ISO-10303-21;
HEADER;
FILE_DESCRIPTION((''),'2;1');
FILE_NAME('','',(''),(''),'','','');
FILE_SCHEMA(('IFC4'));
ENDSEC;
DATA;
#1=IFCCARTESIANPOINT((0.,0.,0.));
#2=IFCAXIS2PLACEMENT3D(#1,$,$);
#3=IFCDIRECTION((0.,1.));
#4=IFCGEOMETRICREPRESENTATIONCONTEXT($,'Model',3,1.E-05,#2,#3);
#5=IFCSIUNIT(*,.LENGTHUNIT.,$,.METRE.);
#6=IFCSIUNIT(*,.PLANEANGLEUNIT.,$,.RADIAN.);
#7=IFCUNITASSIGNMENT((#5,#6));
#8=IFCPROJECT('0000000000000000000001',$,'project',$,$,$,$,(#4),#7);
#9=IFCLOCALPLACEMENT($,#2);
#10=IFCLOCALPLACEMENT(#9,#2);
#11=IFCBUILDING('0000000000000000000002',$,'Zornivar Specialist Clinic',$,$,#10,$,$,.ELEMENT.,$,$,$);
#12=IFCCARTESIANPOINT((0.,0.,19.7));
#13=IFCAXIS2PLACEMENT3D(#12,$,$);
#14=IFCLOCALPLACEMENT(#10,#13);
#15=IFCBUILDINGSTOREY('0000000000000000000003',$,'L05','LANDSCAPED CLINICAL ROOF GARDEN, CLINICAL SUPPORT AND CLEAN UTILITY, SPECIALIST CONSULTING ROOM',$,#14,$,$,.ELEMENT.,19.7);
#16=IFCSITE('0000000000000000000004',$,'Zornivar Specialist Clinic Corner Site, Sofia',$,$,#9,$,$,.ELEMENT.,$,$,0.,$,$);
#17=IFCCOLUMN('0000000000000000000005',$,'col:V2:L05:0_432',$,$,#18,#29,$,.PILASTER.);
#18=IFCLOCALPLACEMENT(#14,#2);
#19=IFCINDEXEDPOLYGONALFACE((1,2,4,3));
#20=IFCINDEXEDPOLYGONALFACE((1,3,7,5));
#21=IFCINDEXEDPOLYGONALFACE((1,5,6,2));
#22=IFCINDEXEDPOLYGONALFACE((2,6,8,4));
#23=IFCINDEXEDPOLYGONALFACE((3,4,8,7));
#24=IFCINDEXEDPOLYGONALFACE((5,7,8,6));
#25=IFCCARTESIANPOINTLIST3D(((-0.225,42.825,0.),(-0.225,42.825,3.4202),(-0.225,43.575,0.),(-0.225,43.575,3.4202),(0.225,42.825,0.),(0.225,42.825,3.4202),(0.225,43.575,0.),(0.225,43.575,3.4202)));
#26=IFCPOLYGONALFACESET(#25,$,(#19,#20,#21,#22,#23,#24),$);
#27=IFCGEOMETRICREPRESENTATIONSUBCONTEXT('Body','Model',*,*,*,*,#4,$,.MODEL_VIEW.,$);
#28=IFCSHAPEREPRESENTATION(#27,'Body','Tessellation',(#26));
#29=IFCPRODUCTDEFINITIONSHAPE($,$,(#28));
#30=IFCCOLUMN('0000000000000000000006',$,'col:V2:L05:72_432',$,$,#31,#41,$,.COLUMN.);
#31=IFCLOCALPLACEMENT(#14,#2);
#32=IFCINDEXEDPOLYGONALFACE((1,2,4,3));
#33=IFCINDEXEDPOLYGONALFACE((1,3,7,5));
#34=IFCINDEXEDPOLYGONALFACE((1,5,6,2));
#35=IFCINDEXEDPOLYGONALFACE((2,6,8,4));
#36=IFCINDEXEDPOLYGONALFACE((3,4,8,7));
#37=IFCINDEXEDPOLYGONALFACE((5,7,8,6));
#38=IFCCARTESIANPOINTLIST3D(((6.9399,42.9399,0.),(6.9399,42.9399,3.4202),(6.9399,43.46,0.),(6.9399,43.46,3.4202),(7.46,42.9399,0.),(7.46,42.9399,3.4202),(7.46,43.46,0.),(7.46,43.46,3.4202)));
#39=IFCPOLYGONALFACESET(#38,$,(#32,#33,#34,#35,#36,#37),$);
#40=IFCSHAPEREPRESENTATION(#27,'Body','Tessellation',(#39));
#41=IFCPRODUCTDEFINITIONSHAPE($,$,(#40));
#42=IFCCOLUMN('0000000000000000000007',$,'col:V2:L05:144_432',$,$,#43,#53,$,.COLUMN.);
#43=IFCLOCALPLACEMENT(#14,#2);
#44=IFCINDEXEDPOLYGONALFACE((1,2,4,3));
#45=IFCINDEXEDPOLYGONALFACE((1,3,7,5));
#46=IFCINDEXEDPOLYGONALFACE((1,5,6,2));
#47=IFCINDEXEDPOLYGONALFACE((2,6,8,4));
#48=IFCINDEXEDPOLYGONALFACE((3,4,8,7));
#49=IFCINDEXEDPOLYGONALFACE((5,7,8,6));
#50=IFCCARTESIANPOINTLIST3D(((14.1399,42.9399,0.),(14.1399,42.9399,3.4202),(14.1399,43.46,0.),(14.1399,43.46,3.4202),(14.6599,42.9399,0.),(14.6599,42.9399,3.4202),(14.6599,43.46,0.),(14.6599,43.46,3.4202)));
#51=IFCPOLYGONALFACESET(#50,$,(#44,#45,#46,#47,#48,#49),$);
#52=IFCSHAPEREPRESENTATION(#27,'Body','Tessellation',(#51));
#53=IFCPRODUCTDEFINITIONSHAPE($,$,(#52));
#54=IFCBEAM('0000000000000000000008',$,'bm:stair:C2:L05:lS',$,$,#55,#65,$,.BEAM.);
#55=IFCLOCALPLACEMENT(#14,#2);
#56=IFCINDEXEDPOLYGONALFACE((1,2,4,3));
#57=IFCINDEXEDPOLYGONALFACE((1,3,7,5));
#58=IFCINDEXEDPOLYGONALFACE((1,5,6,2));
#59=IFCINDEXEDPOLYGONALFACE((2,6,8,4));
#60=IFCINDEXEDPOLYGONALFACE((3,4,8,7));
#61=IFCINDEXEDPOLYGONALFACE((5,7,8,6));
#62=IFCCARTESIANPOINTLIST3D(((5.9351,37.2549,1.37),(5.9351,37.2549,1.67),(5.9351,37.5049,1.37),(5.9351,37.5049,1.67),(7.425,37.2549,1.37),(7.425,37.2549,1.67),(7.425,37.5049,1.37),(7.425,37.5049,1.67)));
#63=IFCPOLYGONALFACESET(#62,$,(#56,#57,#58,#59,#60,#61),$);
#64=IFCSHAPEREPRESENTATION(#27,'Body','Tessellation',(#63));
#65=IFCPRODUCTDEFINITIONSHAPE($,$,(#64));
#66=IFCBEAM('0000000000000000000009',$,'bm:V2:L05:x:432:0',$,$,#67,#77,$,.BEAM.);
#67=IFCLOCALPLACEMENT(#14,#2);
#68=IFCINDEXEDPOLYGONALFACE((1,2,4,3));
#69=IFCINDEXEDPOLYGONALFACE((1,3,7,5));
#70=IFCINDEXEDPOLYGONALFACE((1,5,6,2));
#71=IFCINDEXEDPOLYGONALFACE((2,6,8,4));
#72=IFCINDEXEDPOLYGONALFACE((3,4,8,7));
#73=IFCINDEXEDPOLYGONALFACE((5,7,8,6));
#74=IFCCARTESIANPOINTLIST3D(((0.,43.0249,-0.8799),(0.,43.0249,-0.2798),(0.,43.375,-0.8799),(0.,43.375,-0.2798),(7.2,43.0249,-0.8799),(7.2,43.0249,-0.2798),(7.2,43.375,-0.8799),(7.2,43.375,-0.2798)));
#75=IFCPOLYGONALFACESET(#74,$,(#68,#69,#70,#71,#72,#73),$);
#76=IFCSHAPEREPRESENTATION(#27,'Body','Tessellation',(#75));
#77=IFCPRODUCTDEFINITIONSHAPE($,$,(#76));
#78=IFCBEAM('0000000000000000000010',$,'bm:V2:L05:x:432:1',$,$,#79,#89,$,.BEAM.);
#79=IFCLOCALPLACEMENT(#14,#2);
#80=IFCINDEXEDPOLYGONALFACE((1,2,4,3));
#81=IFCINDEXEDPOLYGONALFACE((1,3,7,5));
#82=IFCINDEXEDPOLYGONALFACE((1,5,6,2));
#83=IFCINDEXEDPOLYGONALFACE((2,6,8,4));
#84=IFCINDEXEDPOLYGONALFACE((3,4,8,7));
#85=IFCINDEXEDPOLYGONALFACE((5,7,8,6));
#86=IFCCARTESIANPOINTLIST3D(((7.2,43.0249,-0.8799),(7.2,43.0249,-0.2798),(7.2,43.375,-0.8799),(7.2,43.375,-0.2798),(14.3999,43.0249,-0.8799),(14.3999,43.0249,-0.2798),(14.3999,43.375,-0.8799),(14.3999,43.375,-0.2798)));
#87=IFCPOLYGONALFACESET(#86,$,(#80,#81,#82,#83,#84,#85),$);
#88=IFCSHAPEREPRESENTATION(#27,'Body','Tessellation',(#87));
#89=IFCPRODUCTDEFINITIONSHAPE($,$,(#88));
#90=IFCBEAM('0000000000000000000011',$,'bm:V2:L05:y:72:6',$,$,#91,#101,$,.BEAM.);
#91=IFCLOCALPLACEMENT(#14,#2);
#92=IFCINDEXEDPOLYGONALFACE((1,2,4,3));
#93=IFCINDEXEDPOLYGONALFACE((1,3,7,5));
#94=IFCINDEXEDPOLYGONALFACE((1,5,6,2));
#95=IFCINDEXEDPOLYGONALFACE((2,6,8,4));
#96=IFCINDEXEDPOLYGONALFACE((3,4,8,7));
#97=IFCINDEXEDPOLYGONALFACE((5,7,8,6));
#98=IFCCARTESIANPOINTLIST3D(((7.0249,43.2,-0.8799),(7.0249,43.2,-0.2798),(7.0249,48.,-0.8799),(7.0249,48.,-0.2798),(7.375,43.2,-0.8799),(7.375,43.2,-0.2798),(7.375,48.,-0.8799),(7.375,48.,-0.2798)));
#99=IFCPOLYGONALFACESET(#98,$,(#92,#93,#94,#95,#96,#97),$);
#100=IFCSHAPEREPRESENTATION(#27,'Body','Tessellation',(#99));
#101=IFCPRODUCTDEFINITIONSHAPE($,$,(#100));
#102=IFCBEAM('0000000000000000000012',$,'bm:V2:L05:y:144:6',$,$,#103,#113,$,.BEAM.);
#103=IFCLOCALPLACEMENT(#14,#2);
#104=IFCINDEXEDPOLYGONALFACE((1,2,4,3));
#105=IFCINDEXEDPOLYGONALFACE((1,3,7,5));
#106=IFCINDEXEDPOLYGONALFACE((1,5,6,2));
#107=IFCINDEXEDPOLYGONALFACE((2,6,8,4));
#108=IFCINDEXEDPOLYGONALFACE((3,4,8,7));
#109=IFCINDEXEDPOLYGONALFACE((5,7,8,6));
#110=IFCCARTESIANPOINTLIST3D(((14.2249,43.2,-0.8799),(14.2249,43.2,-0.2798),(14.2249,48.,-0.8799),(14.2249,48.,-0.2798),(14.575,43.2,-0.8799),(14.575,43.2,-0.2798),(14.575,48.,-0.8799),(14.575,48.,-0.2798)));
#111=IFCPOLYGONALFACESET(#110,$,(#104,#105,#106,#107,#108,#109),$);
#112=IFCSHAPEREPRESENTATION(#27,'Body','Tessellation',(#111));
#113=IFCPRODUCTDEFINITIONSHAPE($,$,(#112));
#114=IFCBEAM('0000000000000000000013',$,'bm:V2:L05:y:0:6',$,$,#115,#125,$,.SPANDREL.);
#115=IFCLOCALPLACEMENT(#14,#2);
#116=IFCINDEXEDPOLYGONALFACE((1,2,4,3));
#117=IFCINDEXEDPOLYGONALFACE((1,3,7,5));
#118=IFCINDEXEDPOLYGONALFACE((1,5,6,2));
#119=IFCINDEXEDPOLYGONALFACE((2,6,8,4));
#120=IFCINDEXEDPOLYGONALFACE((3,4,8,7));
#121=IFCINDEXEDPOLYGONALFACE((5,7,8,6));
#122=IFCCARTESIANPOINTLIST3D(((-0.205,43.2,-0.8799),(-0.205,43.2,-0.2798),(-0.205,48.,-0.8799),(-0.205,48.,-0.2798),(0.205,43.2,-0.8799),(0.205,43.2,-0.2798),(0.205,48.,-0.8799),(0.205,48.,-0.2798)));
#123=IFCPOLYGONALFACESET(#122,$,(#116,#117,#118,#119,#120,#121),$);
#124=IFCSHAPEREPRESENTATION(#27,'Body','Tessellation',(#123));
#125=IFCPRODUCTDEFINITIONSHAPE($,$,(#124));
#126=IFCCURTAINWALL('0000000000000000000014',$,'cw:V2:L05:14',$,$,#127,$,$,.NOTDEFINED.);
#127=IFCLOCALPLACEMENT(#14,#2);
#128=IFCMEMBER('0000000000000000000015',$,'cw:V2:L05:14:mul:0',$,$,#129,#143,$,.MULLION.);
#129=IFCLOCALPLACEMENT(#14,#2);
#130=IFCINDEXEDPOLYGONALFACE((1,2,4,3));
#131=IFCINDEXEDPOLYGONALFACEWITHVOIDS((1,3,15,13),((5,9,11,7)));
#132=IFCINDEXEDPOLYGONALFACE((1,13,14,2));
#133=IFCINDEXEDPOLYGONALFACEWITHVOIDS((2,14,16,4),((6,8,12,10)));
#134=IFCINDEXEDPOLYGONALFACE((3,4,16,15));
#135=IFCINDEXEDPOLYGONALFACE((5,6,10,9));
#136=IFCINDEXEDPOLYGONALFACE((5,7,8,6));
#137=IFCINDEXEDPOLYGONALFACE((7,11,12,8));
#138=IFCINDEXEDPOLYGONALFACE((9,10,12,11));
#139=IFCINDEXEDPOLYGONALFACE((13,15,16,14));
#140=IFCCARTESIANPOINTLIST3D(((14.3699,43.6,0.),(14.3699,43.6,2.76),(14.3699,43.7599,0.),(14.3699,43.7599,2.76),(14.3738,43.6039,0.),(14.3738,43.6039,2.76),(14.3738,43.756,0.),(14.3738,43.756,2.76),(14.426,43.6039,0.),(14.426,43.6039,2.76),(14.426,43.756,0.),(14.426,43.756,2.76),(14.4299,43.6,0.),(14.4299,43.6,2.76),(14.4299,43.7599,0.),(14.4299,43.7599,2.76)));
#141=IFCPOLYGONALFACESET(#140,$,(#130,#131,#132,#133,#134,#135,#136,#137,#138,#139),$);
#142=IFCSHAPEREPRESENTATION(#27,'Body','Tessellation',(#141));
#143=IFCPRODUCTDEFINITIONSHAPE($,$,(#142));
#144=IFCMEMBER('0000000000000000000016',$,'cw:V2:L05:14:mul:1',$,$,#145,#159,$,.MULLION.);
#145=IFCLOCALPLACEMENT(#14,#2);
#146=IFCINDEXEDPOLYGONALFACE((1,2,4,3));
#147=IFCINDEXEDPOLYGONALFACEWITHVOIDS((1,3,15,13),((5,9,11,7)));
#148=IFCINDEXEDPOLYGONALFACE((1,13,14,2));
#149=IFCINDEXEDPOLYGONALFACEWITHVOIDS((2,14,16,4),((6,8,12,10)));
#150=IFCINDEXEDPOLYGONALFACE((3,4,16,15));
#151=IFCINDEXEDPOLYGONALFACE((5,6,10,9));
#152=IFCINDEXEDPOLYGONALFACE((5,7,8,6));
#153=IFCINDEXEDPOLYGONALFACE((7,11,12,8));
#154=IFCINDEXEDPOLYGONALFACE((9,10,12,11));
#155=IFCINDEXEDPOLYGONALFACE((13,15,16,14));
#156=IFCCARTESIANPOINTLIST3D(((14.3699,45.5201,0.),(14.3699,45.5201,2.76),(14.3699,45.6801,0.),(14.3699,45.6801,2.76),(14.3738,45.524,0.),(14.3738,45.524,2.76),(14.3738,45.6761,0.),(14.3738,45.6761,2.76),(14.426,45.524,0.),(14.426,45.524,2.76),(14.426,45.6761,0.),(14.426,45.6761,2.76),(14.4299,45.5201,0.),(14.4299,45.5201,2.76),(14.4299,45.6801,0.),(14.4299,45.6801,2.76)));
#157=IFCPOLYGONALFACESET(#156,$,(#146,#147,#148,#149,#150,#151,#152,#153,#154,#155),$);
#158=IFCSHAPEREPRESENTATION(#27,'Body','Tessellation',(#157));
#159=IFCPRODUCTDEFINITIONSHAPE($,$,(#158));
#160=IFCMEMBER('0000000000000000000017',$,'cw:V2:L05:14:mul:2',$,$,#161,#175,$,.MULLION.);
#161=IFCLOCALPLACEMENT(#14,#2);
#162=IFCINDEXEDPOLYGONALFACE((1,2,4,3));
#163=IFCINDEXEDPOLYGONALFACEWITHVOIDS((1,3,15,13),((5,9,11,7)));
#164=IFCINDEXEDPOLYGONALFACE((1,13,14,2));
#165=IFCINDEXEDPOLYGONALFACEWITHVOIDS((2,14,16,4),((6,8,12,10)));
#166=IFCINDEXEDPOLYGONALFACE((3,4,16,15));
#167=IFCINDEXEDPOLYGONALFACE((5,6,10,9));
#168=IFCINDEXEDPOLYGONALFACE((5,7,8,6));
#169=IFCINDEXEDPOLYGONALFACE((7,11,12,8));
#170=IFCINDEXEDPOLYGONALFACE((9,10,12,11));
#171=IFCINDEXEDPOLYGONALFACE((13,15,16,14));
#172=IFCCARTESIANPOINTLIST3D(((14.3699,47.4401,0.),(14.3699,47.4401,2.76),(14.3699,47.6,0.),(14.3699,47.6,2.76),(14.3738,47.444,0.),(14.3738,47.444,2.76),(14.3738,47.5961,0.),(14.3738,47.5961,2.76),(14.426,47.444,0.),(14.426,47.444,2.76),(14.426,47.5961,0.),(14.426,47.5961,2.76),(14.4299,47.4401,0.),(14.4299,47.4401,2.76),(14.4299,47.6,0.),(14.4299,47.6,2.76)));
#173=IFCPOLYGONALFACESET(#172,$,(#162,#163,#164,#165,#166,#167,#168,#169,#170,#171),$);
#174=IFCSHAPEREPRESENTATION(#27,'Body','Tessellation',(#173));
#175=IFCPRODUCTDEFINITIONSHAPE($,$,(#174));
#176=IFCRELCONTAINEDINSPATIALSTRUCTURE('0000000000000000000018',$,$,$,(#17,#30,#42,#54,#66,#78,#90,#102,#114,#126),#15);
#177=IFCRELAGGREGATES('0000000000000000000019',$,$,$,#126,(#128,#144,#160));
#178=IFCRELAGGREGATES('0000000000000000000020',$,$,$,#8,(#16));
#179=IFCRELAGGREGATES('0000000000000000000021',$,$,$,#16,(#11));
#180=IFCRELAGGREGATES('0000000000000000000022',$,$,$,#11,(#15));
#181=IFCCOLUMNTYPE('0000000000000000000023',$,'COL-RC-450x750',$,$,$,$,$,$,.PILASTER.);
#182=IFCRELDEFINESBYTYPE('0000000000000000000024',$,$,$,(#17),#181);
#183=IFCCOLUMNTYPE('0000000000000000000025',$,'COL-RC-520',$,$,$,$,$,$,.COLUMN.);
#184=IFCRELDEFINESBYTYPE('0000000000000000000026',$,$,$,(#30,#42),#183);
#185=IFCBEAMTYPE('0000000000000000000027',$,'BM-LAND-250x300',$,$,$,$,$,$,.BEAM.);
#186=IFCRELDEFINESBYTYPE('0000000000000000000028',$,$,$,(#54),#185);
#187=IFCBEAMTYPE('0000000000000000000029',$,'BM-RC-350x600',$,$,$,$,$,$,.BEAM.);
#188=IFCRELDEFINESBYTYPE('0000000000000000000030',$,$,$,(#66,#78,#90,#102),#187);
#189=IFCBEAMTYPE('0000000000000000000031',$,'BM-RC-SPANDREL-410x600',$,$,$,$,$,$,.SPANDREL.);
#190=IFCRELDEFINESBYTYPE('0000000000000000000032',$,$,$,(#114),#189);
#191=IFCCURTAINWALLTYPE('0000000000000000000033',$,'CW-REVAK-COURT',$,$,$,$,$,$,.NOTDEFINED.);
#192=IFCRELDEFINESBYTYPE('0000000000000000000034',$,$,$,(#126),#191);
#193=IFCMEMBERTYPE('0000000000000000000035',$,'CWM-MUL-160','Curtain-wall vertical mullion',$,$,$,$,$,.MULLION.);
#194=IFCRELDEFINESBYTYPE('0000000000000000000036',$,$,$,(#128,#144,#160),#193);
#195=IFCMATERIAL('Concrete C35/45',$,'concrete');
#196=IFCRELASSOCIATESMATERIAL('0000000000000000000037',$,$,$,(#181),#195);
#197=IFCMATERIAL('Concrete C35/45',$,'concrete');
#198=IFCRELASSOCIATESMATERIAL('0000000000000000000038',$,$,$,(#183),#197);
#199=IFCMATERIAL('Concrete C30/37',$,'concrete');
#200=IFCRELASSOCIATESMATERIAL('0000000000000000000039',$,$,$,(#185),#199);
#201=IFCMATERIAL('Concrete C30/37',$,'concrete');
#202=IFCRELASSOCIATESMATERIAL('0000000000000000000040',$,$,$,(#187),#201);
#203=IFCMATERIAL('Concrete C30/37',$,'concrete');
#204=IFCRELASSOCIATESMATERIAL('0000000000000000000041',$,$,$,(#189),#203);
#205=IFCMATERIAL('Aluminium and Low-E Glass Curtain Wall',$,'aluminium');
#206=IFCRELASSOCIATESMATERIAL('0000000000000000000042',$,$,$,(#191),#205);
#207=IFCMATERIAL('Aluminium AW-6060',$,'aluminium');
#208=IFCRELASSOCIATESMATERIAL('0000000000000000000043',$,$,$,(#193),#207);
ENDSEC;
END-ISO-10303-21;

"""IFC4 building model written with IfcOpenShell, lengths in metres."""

from ifc_helpers import new_model, si_unit, direction, frame, origin, origin_2d, place, context, subcontext, project, spatial, rectangle, hollow_rectangle, extrude, material, material_profile, profile_set, type_object, element, aggregate, save


model = new_model("IFC4")

# Units and contexts
model_context = context("Model", 3, precision=1e-05, world=origin(), true_north=direction((0.0, 1.0)))
body_context = subcontext(model_context, "Body", "Model", "MODEL_VIEW")
ifc_project = project(units=[si_unit("LENGTHUNIT", "METRE"), si_unit("PLANEANGLEUNIT", "RADIAN")], contexts=[model_context])

# Site, building, storey
site_placement = place(None, origin())
site = spatial("IfcSite", under=ifc_project, at=site_placement, Name="Zornivar Specialist Clinic Corner Site, Sofia", CompositionType="ELEMENT", RefElevation=0.0)
building_placement = place(site_placement, origin())
building = spatial("IfcBuilding", under=site, at=building_placement, Name="Zornivar Specialist Clinic", CompositionType="ELEMENT")
storey_placement = place(building_placement, frame((0.0, 0.0, 19.7)))
storey = spatial("IfcBuildingStorey", under=building, at=storey_placement, Name="L05", Description="LANDSCAPED CLINICAL ROOF GARDEN, CLINICAL SUPPORT AND CLEAN UTILITY, SPECIALIST CONSULTING ROOM", CompositionType="ELEMENT", Elevation=19.7)

# Columns
ifc_material_1 = material(Name="Concrete C35/45", Category="concrete")
ifc_material_profile_1 = material_profile(ifc_material_1, rectangle(XDim=0.45, YDim=0.75, at=origin_2d()), Name="RC 450x750")
ifc_profile_set_1 = profile_set([ifc_material_profile_1], Name="Concrete C35/45")
column_type_1 = type_object("IfcColumnType", Name="COL-RC-450x750", PredefinedType="PILASTER", material=ifc_profile_set_1)
column_placement = place(storey_placement, frame((0.0, 43.2, 0.0), z_axis=(0.0, 0.0, 1.0), x_axis=(1.0, 0.0, 0.0)))
element("IfcColumn", 1, at=column_placement, inside=storey, type_object=column_type_1, Name="col:V2:L05:0_432", PredefinedType="PILASTER", context=body_context, shape_type="SweptSolid", body=[
    extrude(rectangle(XDim=0.45, YDim=0.75, at=origin_2d()), origin(), (0.0, 0.0, 1.0), 3.4202),
])
ifc_material_2 = material(Name="Concrete C35/45", Category="concrete")
ifc_material_profile_2 = material_profile(ifc_material_2, rectangle(XDim=0.52, YDim=0.52, at=origin_2d()), Name="RC 520x520")
ifc_profile_set_2 = profile_set([ifc_material_profile_2], Name="Concrete C35/45")
column_type_2 = type_object("IfcColumnType", Name="COL-RC-520", PredefinedType="COLUMN", material=ifc_profile_set_2)
for number, where, z_axis, x_axis, name in (
    (2, (7.2, 43.2, 0.0), (0.0, 0.0, 1.0), (1.0, 0.0, 0.0), "col:V2:L05:72_432"),
    (3, (14.3999, 43.2, 0.0), (0.0, 0.0, 1.0), (1.0, 0.0, 0.0), "col:V2:L05:144_432"),
):
    element("IfcColumn", number, at=place(storey_placement, frame(where, z_axis=z_axis, x_axis=x_axis)), inside=storey, type_object=column_type_2, Name=name, PredefinedType="COLUMN", context=body_context, shape_type="SweptSolid", body=[
        extrude(rectangle(XDim=0.52, YDim=0.52, at=origin_2d()), origin(), (0.0, 0.0, 1.0), 3.4202),
    ])

# Beams
ifc_material_3 = material(Name="Concrete C30/37", Category="concrete")
ifc_material_profile_3 = material_profile(ifc_material_3, rectangle(XDim=0.25, YDim=0.3, at=origin_2d()), Name="RC 250x300")
ifc_profile_set_3 = profile_set([ifc_material_profile_3], Name="Concrete C30/37")
beam_type_1 = type_object("IfcBeamType", Name="BM-LAND-250x300", PredefinedType="BEAM", material=ifc_profile_set_3)
beam_1_placement = place(storey_placement, frame((5.9351, 37.3799, 1.52), z_axis=(1.0, 0.0, 0.0), x_axis=(0.0, 1.0, 0.0)))
element("IfcBeam", 4, at=beam_1_placement, inside=storey, type_object=beam_type_1, Name="bm:stair:C2:L05:lS", PredefinedType="BEAM", context=body_context, shape_type="SweptSolid", body=[
    extrude(rectangle(XDim=0.25, YDim=0.3, at=origin_2d()), origin(), (0.0, 0.0, 1.0), 1.49),
])
ifc_material_4 = material(Name="Concrete C30/37", Category="concrete")
ifc_material_profile_4 = material_profile(ifc_material_4, rectangle(XDim=0.3501, YDim=0.6001, at=origin_2d()), Name="RC 350x600")
ifc_profile_set_4 = profile_set([ifc_material_profile_4], Name="Concrete C30/37")
beam_type_2 = type_object("IfcBeamType", Name="BM-RC-350x600", PredefinedType="BEAM", material=ifc_profile_set_4)
for number, where, z_axis, x_axis, name in (
    (5, (0.0, 43.2, -0.5798), (1.0, 0.0, 0.0), (0.0, 1.0, 0.0), "bm:V2:L05:x:432:0"),
    (6, (7.2, 43.2, -0.5798), (1.0, 0.0, 0.0), (0.0, 1.0, 0.0), "bm:V2:L05:x:432:1"),
):
    element("IfcBeam", number, at=place(storey_placement, frame(where, z_axis=z_axis, x_axis=x_axis)), inside=storey, type_object=beam_type_2, Name=name, PredefinedType="BEAM", context=body_context, shape_type="SweptSolid", body=[
        extrude(rectangle(XDim=0.3501, YDim=0.6001, at=origin_2d()), origin(), (0.0, 0.0, 1.0), 7.2),
    ])
for number, where, z_axis, x_axis, name in (
    (7, (7.2, 43.2, -0.5798), (0.0, 1.0, 0.0), (-1.0, 0.0, 0.0), "bm:V2:L05:y:72:6"),
    (8, (14.3999, 43.2, -0.5798), (0.0, 1.0, 0.0), (-1.0, 0.0, 0.0), "bm:V2:L05:y:144:6"),
):
    element("IfcBeam", number, at=place(storey_placement, frame(where, z_axis=z_axis, x_axis=x_axis)), inside=storey, type_object=beam_type_2, Name=name, PredefinedType="BEAM", context=body_context, shape_type="SweptSolid", body=[
        extrude(rectangle(XDim=0.3501, YDim=0.6001, at=origin_2d()), origin(), (0.0, 0.0, 1.0), 4.8),
    ])
ifc_material_5 = material(Name="Concrete C30/37", Category="concrete")
ifc_material_profile_5 = material_profile(ifc_material_5, rectangle(XDim=0.4099, YDim=0.6001, at=origin_2d()), Name="RC 410x600")
ifc_profile_set_5 = profile_set([ifc_material_profile_5], Name="Concrete C30/37")
beam_type_3 = type_object("IfcBeamType", Name="BM-RC-SPANDREL-410x600", PredefinedType="SPANDREL", material=ifc_profile_set_5)
beam_2_placement = place(storey_placement, frame((0.0, 43.2, -0.5798), z_axis=(0.0, 1.0, 0.0), x_axis=(-1.0, 0.0, 0.0)))
element("IfcBeam", 9, at=beam_2_placement, inside=storey, type_object=beam_type_3, Name="bm:V2:L05:y:0:6", PredefinedType="SPANDREL", context=body_context, shape_type="SweptSolid", body=[
    extrude(rectangle(XDim=0.4099, YDim=0.6001, at=origin_2d()), origin(), (0.0, 0.0, 1.0), 4.8),
])

# Curtain wall, members
ifc_material_6 = material(Name="Aluminium and Low-E Glass Curtain Wall", Category="aluminium")
curtain_wall_type = type_object("IfcCurtainWallType", Name="CW-REVAK-COURT", PredefinedType="NOTDEFINED", material=ifc_material_6)
curtain_wall_placement = place(storey_placement, origin())
curtain_wall = element("IfcCurtainWall", 10, at=curtain_wall_placement, inside=storey, type_object=curtain_wall_type, Name="cw:V2:L05:14", PredefinedType="NOTDEFINED")
ifc_material_7 = material(Name="Aluminium AW-6060", Category="aluminium")
ifc_material_profile_6 = material_profile(ifc_material_7, hollow_rectangle(XDim=0.0601, YDim=0.1599, WallThickness=0.0039, at=origin_2d()), Name="ALU 60x160x4")
ifc_profile_set_6 = profile_set([ifc_material_profile_6], Name="Aluminium AW-6060")
member_type_1 = type_object("IfcMemberType", Name="CWM-MUL-160", Description="Curtain-wall vertical mullion", PredefinedType="MULLION", material=ifc_profile_set_6)
member_1_placement = place(storey_placement, frame((14.3999, 43.6799, 0.0), z_axis=(0.0, 0.0, 1.0), x_axis=(1.0, 0.0, 0.0)))
member_1 = element("IfcMember", 11, at=member_1_placement, type_object=member_type_1, Name="cw:V2:L05:14:mul:0", PredefinedType="MULLION", context=body_context, shape_type="SweptSolid", body=[
    extrude(hollow_rectangle(XDim=0.0601, YDim=0.1599, WallThickness=0.0039, at=origin_2d()), origin(), (0.0, 0.0, 1.0), 2.76),
])
member_2_placement = place(storey_placement, frame((14.3999, 45.6001, 0.0), z_axis=(0.0, 0.0, 1.0), x_axis=(1.0, 0.0, 0.0)))
member_2 = element("IfcMember", 12, at=member_2_placement, type_object=member_type_1, Name="cw:V2:L05:14:mul:1", PredefinedType="MULLION", context=body_context, shape_type="SweptSolid", body=[
    extrude(hollow_rectangle(XDim=0.0601, YDim=0.1599, WallThickness=0.0039, at=origin_2d()), origin(), (0.0, 0.0, 1.0), 2.76),
])
member_3_placement = place(storey_placement, frame((14.3999, 47.52, 0.0), z_axis=(0.0, 0.0, 1.0), x_axis=(1.0, 0.0, 0.0)))
member_3 = element("IfcMember", 13, at=member_3_placement, type_object=member_type_1, Name="cw:V2:L05:14:mul:2", PredefinedType="MULLION", context=body_context, shape_type="SweptSolid", body=[
    extrude(hollow_rectangle(XDim=0.0601, YDim=0.1599, WallThickness=0.0039, at=origin_2d()), origin(), (0.0, 0.0, 1.0), 2.76),
])
aggregate(curtain_wall, [member_1, member_2, member_3])

save(model, "model.ifc")
